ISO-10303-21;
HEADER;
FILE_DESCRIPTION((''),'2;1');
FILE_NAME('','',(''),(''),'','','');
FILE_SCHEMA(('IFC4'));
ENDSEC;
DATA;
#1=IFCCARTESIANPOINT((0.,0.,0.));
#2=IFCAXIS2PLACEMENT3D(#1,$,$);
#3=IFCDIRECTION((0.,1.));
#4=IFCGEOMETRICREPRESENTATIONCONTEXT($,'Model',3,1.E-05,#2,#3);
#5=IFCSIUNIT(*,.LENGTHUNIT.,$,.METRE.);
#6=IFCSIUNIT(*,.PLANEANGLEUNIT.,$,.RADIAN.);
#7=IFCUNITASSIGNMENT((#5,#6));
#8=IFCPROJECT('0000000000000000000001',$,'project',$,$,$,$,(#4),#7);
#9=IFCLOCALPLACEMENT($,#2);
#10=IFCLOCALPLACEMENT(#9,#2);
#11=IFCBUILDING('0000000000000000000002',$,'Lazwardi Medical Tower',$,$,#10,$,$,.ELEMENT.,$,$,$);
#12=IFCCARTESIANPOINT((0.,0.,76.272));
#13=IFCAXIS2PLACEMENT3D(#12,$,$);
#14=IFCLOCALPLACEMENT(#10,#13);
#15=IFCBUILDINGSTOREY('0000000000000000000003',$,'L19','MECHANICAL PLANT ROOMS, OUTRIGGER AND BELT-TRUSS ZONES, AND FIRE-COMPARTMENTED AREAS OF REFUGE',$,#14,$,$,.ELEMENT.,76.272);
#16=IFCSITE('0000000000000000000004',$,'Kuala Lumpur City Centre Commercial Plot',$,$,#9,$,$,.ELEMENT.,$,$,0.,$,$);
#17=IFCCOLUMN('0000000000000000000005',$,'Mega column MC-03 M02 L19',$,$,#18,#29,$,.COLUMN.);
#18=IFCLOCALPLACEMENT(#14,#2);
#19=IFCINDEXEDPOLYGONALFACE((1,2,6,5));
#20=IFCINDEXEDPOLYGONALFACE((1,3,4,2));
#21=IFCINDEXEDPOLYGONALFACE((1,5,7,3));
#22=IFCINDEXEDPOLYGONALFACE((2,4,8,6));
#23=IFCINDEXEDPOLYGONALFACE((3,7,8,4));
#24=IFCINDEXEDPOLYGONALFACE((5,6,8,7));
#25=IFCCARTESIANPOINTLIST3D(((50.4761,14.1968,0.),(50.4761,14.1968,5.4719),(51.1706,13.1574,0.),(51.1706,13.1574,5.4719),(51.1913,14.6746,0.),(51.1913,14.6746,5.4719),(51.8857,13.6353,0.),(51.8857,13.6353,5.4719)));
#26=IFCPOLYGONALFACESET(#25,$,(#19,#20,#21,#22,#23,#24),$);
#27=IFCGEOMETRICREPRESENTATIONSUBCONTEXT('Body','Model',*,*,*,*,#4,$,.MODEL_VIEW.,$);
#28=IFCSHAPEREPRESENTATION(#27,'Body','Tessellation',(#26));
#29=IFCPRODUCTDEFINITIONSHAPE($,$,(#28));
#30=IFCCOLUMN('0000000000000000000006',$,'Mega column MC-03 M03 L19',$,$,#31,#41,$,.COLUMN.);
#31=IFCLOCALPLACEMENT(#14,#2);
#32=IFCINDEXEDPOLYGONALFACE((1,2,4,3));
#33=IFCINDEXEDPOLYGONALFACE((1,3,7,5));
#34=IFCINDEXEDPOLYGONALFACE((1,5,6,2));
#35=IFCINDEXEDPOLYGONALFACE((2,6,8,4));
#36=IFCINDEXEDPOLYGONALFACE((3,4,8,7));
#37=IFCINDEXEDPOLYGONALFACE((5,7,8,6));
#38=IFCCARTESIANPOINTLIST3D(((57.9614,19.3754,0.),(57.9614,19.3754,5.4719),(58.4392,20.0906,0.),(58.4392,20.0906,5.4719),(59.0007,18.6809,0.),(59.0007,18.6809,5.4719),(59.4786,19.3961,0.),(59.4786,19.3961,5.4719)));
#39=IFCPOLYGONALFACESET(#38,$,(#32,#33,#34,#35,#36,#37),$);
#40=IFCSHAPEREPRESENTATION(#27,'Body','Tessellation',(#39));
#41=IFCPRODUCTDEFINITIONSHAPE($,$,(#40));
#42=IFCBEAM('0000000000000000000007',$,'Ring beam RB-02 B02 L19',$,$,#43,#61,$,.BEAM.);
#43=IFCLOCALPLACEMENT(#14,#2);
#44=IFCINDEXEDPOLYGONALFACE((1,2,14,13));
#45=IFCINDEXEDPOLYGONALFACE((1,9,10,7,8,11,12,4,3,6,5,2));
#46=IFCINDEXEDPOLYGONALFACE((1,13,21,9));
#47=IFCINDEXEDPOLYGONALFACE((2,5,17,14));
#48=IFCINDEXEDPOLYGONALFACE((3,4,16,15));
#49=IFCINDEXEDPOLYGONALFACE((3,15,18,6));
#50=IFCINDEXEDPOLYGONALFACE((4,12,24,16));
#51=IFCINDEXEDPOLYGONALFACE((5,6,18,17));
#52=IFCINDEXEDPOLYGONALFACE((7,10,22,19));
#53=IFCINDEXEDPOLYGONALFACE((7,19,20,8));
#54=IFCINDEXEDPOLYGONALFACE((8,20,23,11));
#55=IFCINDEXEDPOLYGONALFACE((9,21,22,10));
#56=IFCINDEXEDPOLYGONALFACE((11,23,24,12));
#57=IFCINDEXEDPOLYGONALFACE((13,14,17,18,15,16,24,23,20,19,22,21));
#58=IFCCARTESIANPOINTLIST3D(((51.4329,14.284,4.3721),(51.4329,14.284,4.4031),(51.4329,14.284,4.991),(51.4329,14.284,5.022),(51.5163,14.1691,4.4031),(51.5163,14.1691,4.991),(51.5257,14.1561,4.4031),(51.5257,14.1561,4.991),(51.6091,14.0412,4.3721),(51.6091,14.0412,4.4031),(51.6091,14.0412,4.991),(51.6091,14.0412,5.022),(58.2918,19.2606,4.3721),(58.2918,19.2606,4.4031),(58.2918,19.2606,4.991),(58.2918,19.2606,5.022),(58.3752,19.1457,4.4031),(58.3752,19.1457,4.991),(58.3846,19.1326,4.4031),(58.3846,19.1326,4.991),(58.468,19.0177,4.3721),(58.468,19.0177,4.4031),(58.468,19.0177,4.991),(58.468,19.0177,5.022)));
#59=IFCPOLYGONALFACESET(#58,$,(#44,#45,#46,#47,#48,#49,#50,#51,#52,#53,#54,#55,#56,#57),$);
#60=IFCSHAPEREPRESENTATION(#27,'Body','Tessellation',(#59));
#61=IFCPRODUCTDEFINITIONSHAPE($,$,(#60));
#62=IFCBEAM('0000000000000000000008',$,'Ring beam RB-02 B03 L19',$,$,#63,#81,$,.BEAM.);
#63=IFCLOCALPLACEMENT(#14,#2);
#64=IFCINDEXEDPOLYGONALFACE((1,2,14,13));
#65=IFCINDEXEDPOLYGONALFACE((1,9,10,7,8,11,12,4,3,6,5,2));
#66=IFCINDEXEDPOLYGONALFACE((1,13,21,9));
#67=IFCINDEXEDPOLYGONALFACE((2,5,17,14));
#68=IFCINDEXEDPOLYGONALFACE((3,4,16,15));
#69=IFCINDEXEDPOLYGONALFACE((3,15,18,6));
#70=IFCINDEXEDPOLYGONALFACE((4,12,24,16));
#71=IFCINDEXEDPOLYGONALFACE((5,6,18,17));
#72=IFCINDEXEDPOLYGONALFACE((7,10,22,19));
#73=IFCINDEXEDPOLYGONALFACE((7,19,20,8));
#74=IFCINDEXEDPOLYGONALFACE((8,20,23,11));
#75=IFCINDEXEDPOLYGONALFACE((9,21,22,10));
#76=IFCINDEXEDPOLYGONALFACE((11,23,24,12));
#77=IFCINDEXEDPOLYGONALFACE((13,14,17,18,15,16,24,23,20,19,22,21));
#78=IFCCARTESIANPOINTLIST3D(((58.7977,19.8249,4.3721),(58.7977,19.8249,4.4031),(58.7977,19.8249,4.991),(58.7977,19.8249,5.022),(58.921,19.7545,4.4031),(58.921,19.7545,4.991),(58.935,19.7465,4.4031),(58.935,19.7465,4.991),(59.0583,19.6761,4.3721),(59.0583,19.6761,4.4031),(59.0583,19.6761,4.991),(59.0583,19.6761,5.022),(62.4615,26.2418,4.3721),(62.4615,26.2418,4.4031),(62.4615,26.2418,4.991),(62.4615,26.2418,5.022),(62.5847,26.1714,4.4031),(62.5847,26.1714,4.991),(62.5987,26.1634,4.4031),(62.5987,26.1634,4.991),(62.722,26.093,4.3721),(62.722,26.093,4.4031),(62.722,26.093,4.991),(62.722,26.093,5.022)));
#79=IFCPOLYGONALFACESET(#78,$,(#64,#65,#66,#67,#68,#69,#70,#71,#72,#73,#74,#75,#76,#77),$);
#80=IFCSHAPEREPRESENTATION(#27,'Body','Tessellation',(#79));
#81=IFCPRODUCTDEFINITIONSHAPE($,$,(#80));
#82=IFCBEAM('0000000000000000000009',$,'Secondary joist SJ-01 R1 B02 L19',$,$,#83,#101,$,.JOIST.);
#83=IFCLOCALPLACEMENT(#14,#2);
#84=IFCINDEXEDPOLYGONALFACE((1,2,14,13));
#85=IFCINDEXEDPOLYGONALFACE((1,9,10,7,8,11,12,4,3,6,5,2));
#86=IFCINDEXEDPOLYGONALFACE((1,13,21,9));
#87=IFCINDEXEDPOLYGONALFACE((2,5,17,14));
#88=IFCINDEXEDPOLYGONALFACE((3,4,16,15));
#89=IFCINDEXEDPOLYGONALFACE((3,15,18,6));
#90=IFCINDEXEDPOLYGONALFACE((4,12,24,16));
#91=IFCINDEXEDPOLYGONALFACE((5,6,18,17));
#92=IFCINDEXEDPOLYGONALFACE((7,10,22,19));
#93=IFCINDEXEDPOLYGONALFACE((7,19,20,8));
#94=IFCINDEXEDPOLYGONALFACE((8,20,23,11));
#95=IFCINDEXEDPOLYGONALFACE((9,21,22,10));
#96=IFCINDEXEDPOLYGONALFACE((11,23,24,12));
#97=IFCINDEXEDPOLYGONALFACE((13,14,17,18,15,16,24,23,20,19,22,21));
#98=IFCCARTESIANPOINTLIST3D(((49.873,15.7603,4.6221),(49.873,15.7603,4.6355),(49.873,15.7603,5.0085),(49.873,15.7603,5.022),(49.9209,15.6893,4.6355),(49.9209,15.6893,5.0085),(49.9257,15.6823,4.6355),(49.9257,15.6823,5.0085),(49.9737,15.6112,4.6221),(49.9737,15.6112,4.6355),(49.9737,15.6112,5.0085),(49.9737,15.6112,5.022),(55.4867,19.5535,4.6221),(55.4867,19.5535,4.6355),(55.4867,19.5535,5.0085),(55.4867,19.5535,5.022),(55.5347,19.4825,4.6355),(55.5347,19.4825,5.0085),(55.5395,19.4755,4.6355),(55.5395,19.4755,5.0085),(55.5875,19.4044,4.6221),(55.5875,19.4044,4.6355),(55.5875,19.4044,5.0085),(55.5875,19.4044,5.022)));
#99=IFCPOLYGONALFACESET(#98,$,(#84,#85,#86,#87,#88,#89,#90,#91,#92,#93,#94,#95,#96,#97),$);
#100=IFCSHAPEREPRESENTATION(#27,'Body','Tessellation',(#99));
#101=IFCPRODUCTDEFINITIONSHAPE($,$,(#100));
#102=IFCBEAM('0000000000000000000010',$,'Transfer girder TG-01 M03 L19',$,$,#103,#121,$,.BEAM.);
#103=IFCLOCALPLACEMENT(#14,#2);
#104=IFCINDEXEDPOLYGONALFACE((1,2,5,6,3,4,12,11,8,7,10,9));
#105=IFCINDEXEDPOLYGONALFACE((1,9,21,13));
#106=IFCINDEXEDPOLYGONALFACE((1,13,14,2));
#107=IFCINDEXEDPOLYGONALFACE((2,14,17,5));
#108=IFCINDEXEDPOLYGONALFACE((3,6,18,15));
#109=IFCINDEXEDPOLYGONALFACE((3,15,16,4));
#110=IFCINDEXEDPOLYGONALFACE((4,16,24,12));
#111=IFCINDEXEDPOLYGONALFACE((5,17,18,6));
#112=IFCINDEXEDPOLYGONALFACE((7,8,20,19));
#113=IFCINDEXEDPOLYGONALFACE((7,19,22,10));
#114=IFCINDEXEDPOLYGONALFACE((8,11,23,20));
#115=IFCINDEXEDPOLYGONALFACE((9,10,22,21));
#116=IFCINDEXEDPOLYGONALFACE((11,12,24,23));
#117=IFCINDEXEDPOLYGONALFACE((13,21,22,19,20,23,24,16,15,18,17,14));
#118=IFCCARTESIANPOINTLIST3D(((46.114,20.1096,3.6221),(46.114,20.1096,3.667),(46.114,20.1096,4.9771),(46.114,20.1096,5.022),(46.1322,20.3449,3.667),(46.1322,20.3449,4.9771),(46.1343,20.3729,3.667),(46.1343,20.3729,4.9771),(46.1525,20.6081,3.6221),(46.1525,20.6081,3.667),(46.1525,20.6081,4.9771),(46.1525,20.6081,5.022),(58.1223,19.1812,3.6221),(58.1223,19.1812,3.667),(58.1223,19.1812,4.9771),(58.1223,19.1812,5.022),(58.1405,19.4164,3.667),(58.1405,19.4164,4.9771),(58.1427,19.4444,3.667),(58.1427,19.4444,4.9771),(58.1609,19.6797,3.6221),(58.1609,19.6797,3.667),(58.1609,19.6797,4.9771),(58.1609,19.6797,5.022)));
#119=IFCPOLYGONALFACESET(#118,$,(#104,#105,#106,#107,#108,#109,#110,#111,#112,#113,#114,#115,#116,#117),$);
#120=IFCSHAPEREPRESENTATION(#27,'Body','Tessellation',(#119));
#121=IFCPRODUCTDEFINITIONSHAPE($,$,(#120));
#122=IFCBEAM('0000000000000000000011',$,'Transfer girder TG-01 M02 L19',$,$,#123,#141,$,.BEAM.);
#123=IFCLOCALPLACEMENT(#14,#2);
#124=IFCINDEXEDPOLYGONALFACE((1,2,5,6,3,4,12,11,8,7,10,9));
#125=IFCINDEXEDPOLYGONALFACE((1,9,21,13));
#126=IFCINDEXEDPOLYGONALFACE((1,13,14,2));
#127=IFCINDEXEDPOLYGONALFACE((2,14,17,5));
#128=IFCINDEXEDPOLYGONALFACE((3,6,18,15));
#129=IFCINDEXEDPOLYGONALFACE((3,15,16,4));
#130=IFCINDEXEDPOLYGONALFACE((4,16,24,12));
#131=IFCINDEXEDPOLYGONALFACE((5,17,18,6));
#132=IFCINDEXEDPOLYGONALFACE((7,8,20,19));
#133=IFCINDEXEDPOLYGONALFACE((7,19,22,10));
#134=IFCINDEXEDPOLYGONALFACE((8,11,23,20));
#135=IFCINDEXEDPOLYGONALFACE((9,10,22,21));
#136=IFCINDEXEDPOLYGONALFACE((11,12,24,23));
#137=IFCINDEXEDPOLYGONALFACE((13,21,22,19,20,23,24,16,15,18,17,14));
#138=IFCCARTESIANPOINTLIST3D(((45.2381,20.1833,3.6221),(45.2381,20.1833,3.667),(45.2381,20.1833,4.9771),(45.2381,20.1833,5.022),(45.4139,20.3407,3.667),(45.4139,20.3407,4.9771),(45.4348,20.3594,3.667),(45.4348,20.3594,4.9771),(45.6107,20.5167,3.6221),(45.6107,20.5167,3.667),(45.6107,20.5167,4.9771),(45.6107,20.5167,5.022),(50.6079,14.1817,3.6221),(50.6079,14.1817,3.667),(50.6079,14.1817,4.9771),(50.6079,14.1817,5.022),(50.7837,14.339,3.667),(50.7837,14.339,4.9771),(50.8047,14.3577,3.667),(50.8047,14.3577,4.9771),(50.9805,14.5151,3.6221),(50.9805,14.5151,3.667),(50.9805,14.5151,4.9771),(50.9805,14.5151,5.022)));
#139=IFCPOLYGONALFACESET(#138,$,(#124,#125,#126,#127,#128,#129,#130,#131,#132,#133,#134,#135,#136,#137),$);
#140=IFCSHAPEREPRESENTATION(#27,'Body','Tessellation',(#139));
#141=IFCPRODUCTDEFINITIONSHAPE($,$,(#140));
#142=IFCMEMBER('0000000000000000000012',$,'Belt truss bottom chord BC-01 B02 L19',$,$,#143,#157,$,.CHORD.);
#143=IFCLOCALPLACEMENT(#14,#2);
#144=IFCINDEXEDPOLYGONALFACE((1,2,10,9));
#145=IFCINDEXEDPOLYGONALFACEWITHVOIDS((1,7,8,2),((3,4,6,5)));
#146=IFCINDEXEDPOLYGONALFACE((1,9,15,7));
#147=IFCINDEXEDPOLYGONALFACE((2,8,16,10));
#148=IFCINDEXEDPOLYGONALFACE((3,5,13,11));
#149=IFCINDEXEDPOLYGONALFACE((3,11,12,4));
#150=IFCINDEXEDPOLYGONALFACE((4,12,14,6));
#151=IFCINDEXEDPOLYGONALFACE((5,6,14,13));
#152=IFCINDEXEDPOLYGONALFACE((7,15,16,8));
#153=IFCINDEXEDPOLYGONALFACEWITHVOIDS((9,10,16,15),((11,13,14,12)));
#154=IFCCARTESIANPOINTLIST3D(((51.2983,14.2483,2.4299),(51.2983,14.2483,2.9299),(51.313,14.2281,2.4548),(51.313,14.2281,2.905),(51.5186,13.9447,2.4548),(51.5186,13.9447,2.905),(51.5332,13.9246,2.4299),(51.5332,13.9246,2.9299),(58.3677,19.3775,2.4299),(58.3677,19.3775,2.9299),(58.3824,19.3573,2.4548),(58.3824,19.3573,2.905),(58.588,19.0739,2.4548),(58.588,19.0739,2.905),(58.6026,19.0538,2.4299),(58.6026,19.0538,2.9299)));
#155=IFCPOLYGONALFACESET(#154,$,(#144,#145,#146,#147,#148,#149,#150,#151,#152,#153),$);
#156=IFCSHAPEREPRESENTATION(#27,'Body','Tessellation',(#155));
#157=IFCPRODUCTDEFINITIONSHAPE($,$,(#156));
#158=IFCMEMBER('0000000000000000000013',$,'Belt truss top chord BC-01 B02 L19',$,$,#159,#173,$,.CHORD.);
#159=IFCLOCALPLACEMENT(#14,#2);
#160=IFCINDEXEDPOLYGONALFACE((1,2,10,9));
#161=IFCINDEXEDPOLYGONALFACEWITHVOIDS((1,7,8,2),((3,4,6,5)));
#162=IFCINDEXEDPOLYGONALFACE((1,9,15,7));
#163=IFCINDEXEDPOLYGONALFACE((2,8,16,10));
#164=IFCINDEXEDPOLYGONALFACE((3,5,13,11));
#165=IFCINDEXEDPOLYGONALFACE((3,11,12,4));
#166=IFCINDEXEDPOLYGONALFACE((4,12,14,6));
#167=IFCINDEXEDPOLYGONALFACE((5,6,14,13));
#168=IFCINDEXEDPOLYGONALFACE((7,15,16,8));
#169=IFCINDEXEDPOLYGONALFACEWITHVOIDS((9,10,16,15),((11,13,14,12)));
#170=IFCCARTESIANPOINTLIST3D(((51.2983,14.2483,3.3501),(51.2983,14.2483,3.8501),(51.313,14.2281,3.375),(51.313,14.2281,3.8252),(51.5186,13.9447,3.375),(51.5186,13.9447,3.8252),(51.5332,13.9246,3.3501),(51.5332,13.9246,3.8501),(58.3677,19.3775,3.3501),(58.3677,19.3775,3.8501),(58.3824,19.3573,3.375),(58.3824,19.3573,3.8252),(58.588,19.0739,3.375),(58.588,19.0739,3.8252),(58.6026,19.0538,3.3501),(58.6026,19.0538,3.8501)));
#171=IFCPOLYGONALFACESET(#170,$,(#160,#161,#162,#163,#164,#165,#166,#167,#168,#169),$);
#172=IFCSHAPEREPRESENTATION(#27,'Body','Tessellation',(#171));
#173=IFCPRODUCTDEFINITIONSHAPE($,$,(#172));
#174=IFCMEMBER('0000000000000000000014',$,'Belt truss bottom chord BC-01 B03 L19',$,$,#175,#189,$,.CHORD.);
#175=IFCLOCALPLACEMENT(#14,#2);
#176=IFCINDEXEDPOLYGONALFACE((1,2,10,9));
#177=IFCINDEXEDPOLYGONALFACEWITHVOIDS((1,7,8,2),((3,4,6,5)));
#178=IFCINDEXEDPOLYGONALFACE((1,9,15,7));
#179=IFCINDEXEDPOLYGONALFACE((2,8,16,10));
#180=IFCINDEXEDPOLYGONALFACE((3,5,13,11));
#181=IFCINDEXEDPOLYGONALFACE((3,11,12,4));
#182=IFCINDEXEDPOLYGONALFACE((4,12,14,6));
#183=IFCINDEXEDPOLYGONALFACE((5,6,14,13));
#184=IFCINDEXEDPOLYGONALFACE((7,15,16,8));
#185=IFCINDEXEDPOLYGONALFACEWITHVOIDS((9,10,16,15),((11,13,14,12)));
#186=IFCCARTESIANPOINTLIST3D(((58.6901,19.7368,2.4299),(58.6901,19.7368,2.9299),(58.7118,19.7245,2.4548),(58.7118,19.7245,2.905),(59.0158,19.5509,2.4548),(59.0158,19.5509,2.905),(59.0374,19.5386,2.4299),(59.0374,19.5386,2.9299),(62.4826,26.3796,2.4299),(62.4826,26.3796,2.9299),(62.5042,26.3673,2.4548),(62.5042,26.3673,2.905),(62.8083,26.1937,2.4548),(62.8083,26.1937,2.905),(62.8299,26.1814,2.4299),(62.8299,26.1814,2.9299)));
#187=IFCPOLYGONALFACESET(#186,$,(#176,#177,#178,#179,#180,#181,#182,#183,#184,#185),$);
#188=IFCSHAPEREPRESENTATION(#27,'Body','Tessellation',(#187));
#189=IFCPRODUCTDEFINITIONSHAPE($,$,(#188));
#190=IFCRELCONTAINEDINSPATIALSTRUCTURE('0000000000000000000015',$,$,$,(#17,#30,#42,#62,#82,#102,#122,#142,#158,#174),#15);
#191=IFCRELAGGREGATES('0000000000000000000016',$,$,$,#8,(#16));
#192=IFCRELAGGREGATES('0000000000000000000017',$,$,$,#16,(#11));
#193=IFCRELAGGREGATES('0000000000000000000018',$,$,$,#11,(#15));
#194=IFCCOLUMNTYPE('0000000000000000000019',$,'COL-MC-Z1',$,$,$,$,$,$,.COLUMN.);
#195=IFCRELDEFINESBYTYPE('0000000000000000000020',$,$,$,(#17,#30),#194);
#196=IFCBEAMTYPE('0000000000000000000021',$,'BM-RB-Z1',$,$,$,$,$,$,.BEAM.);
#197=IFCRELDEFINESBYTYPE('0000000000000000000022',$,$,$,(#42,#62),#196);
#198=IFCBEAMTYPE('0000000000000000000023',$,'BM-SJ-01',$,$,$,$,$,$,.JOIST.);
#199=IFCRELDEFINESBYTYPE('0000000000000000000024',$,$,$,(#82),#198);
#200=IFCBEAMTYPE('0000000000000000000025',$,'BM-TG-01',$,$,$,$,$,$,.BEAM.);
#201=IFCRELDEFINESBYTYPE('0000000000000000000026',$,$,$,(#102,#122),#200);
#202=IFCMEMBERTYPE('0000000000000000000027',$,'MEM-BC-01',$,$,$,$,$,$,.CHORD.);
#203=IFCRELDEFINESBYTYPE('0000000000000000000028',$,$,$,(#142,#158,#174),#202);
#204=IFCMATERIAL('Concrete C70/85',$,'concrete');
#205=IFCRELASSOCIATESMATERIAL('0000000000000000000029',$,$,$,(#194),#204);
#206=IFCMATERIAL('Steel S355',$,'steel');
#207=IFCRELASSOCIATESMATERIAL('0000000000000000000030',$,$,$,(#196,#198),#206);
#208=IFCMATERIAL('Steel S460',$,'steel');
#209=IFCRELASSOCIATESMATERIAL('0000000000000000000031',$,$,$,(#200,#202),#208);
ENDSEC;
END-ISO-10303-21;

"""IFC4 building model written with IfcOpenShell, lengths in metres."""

from ifc_helpers import new_model, si_unit, direction, frame, origin, origin_2d, place, context, subcontext, project, spatial, rectangle, hollow_rectangle, i_section, extrude, material, material_profile, profile_set, type_object, element, save


model = new_model("IFC4")

# Units and contexts
model_context = context("Model", 3, precision=1e-05, world=origin(), true_north=direction((0.0, 1.0)))
body_context = subcontext(model_context, "Body", "Model", "MODEL_VIEW")
ifc_project = project(units=[si_unit("LENGTHUNIT", "METRE"), si_unit("PLANEANGLEUNIT", "RADIAN")], contexts=[model_context])

# Site, building, storey
site_placement = place(None, origin())
site = spatial("IfcSite", under=ifc_project, at=site_placement, Name="Kuala Lumpur City Centre Commercial Plot", CompositionType="ELEMENT", RefElevation=0.0)
building_placement = place(site_placement, origin())
building = spatial("IfcBuilding", under=site, at=building_placement, Name="Lazwardi Medical Tower", CompositionType="ELEMENT")
storey_placement = place(building_placement, frame((0.0, 0.0, 76.272)))
storey = spatial("IfcBuildingStorey", under=building, at=storey_placement, Name="L19", Description="MECHANICAL PLANT ROOMS, OUTRIGGER AND BELT-TRUSS ZONES, AND FIRE-COMPARTMENTED AREAS OF REFUGE", CompositionType="ELEMENT", Elevation=76.272)

# Columns
ifc_material_1 = material(Name="Concrete C70/85", Category="concrete")
ifc_material_profile_1 = material_profile(ifc_material_1, rectangle(XDim=1.25, YDim=0.8601, at=origin_2d()), Name="CFT-RECT 1250x860")
ifc_profile_set_1 = profile_set([ifc_material_profile_1], Name="Concrete C70/85")
column_type = type_object("IfcColumnType", Name="COL-MC-Z1", PredefinedType="COLUMN", material=ifc_profile_set_1)
for number, where, z_axis, x_axis, name in (
    (1, (51.1809, 13.916, 0.0), (0.0, 0.0, 1.0), (0.55557, -0.83147, 0.0), "Mega column MC-03 M02 L19"),
    (2, (58.72, 19.3857, 0.0), (0.0, 0.0, 1.0), (0.83147, -0.55557, 0.0), "Mega column MC-03 M03 L19"),
):
    element("IfcColumn", number, at=place(storey_placement, frame(where, z_axis=z_axis, x_axis=x_axis)), inside=storey, type_object=column_type, Name=name, PredefinedType="COLUMN", context=body_context, shape_type="SweptSolid", body=[
        extrude(rectangle(XDim=1.25, YDim=0.8601, at=origin_2d()), origin(), (0.0, 0.0, 1.0), 5.4719),
    ])

# Beams
ifc_material_2 = material(Name="Steel S355", Category="steel")
ifc_material_profile_2 = material_profile(ifc_material_2, i_section(OverallWidth=0.3, OverallDepth=0.6499, WebThickness=0.0161, FlangeThickness=0.031, at=origin_2d()), Name="HEB 650")
ifc_profile_set_2 = profile_set([ifc_material_profile_2], Name="Steel S355")
beam_type_1 = type_object("IfcBeamType", Name="BM-RB-Z1", PredefinedType="BEAM", material=ifc_profile_set_2)
beam_1_placement = place(storey_placement, frame((51.521, 14.1626, 4.697), z_axis=(0.809393, 0.587267, 0.0), x_axis=(-0.587267, 0.809393, 0.0)))
element("IfcBeam", 3, at=beam_1_placement, inside=storey, type_object=beam_type_1, Name="Ring beam RB-02 B02 L19", PredefinedType="BEAM", context=body_context, shape_type="SweptSolid", body=[
    extrude(i_section(OverallWidth=0.3, OverallDepth=0.6499, WebThickness=0.0161, FlangeThickness=0.031, at=origin_2d()), origin(), (0.0, 0.0, 1.0), 8.4741),
])
beam_2_placement = place(storey_placement, frame((58.928, 19.7505, 4.697), z_axis=(0.495829, 0.86842, 0.0), x_axis=(-0.86842, 0.495829, 0.0)))
element("IfcBeam", 4, at=beam_2_placement, inside=storey, type_object=beam_type_1, Name="Ring beam RB-02 B03 L19", PredefinedType="BEAM", context=body_context, shape_type="SweptSolid", body=[
    extrude(i_section(OverallWidth=0.3, OverallDepth=0.6499, WebThickness=0.0161, FlangeThickness=0.031, at=origin_2d()), origin(), (0.0, 0.0, 1.0), 7.3892),
])
ifc_material_profile_3 = material_profile(ifc_material_2, i_section(OverallWidth=0.1799, OverallDepth=0.3999, WebThickness=0.0085, FlangeThickness=0.0134, at=origin_2d()), Name="IPE 400")
ifc_profile_set_3 = profile_set([ifc_material_profile_3], Name="Steel S355")
beam_type_2 = type_object("IfcBeamType", Name="BM-SJ-01", PredefinedType="JOIST", material=ifc_profile_set_3)
beam_3_placement = place(storey_placement, frame((49.9233, 15.6858, 4.822), z_axis=(0.82858, 0.55987, 0.0), x_axis=(-0.55987, 0.82858, 0.0)))
element("IfcBeam", 5, at=beam_3_placement, inside=storey, type_object=beam_type_2, Name="Secondary joist SJ-01 R1 B02 L19", PredefinedType="JOIST", context=body_context, shape_type="SweptSolid", body=[
    extrude(i_section(OverallWidth=0.1799, OverallDepth=0.3999, WebThickness=0.0085, FlangeThickness=0.0134, at=origin_2d()), origin(), (0.0, 0.0, 1.0), 6.7751),
])
ifc_material_3 = material(Name="Steel S460", Category="steel")
ifc_material_profile_4 = material_profile(ifc_material_3, i_section(OverallWidth=0.5, OverallDepth=1.3999, WebThickness=0.0281, FlangeThickness=0.0449, at=origin_2d()), Name="PG 1400x500")
ifc_profile_set_4 = profile_set([ifc_material_profile_4], Name="Steel S460")
beam_type_3 = type_object("IfcBeamType", Name="BM-TG-01", PredefinedType="BEAM", material=ifc_profile_set_4)
beam_4_placement = place(storey_placement, frame((58.1416, 19.4304, 4.322), z_axis=(-0.997024, 0.077089, 0.0), x_axis=(-0.077089, -0.997024, 0.0)))
element("IfcBeam", 6, at=beam_4_placement, inside=storey, type_object=beam_type_3, Name="Transfer girder TG-01 M03 L19", PredefinedType="BEAM", context=body_context, shape_type="SweptSolid", body=[
    extrude(i_section(OverallWidth=0.5, OverallDepth=1.3999, WebThickness=0.0281, FlangeThickness=0.0449, at=origin_2d()), origin(), (0.0, 0.0, 1.0), 12.0442),
])
beam_5_placement = place(storey_placement, frame((50.7942, 14.3484, 4.322), z_axis=(-0.66679, 0.745246, 0.0), x_axis=(-0.745246, -0.66679, 0.0)))
element("IfcBeam", 7, at=beam_5_placement, inside=storey, type_object=beam_type_3, Name="Transfer girder TG-01 M02 L19", PredefinedType="BEAM", context=body_context, shape_type="SweptSolid", body=[
    extrude(i_section(OverallWidth=0.5, OverallDepth=1.3999, WebThickness=0.0281, FlangeThickness=0.0449, at=origin_2d()), origin(), (0.0, 0.0, 1.0), 8.0532),
])

# Members
ifc_material_profile_5 = material_profile(ifc_material_3, hollow_rectangle(XDim=0.3999, YDim=0.5, WallThickness=0.0249, at=origin_2d()), Name="RHS 500x400x25")
ifc_profile_set_5 = profile_set([ifc_material_profile_5], Name="Steel S460")
member_type_1 = type_object("IfcMemberType", Name="MEM-BC-01", PredefinedType="CHORD", material=ifc_profile_set_5)
for number, where, z_axis, x_axis, name in (
    (8, (51.4158, 14.0864, 2.6799), (0.809399, 0.587259, 0.0), (-0.587259, 0.809399, 0.0), "Belt truss bottom chord BC-01 B02 L19"),
    (9, (51.4158, 14.0864, 3.6001), (0.809399, 0.587259, 0.0), (-0.587259, 0.809399, 0.0), "Belt truss top chord BC-01 B02 L19"),
):
    element("IfcMember", number, at=place(storey_placement, frame(where, z_axis=z_axis, x_axis=x_axis)), inside=storey, type_object=member_type_1, Name=name, PredefinedType="CHORD", context=body_context, shape_type="SweptSolid", body=[
        extrude(hollow_rectangle(XDim=0.3999, YDim=0.5, WallThickness=0.0249, at=origin_2d()), origin(), (0.0, 0.0, 1.0), 8.7341),
    ])
for number, where, z_axis, x_axis, name in (
    (10, (58.8638, 19.6377, 2.6799), (0.495802, 0.868436, 0.0), (-0.868436, 0.495802, 0.0), "Belt truss bottom chord BC-01 B03 L19"),
):
    element("IfcMember", number, at=place(storey_placement, frame(where, z_axis=z_axis, x_axis=x_axis)), inside=storey, type_object=member_type_1, Name=name, PredefinedType="CHORD", context=body_context, shape_type="SweptSolid", body=[
        extrude(hollow_rectangle(XDim=0.3999, YDim=0.5, WallThickness=0.0249, at=origin_2d()), origin(), (0.0, 0.0, 1.0), 7.6492),
    ])

save(model, "model.ifc")
